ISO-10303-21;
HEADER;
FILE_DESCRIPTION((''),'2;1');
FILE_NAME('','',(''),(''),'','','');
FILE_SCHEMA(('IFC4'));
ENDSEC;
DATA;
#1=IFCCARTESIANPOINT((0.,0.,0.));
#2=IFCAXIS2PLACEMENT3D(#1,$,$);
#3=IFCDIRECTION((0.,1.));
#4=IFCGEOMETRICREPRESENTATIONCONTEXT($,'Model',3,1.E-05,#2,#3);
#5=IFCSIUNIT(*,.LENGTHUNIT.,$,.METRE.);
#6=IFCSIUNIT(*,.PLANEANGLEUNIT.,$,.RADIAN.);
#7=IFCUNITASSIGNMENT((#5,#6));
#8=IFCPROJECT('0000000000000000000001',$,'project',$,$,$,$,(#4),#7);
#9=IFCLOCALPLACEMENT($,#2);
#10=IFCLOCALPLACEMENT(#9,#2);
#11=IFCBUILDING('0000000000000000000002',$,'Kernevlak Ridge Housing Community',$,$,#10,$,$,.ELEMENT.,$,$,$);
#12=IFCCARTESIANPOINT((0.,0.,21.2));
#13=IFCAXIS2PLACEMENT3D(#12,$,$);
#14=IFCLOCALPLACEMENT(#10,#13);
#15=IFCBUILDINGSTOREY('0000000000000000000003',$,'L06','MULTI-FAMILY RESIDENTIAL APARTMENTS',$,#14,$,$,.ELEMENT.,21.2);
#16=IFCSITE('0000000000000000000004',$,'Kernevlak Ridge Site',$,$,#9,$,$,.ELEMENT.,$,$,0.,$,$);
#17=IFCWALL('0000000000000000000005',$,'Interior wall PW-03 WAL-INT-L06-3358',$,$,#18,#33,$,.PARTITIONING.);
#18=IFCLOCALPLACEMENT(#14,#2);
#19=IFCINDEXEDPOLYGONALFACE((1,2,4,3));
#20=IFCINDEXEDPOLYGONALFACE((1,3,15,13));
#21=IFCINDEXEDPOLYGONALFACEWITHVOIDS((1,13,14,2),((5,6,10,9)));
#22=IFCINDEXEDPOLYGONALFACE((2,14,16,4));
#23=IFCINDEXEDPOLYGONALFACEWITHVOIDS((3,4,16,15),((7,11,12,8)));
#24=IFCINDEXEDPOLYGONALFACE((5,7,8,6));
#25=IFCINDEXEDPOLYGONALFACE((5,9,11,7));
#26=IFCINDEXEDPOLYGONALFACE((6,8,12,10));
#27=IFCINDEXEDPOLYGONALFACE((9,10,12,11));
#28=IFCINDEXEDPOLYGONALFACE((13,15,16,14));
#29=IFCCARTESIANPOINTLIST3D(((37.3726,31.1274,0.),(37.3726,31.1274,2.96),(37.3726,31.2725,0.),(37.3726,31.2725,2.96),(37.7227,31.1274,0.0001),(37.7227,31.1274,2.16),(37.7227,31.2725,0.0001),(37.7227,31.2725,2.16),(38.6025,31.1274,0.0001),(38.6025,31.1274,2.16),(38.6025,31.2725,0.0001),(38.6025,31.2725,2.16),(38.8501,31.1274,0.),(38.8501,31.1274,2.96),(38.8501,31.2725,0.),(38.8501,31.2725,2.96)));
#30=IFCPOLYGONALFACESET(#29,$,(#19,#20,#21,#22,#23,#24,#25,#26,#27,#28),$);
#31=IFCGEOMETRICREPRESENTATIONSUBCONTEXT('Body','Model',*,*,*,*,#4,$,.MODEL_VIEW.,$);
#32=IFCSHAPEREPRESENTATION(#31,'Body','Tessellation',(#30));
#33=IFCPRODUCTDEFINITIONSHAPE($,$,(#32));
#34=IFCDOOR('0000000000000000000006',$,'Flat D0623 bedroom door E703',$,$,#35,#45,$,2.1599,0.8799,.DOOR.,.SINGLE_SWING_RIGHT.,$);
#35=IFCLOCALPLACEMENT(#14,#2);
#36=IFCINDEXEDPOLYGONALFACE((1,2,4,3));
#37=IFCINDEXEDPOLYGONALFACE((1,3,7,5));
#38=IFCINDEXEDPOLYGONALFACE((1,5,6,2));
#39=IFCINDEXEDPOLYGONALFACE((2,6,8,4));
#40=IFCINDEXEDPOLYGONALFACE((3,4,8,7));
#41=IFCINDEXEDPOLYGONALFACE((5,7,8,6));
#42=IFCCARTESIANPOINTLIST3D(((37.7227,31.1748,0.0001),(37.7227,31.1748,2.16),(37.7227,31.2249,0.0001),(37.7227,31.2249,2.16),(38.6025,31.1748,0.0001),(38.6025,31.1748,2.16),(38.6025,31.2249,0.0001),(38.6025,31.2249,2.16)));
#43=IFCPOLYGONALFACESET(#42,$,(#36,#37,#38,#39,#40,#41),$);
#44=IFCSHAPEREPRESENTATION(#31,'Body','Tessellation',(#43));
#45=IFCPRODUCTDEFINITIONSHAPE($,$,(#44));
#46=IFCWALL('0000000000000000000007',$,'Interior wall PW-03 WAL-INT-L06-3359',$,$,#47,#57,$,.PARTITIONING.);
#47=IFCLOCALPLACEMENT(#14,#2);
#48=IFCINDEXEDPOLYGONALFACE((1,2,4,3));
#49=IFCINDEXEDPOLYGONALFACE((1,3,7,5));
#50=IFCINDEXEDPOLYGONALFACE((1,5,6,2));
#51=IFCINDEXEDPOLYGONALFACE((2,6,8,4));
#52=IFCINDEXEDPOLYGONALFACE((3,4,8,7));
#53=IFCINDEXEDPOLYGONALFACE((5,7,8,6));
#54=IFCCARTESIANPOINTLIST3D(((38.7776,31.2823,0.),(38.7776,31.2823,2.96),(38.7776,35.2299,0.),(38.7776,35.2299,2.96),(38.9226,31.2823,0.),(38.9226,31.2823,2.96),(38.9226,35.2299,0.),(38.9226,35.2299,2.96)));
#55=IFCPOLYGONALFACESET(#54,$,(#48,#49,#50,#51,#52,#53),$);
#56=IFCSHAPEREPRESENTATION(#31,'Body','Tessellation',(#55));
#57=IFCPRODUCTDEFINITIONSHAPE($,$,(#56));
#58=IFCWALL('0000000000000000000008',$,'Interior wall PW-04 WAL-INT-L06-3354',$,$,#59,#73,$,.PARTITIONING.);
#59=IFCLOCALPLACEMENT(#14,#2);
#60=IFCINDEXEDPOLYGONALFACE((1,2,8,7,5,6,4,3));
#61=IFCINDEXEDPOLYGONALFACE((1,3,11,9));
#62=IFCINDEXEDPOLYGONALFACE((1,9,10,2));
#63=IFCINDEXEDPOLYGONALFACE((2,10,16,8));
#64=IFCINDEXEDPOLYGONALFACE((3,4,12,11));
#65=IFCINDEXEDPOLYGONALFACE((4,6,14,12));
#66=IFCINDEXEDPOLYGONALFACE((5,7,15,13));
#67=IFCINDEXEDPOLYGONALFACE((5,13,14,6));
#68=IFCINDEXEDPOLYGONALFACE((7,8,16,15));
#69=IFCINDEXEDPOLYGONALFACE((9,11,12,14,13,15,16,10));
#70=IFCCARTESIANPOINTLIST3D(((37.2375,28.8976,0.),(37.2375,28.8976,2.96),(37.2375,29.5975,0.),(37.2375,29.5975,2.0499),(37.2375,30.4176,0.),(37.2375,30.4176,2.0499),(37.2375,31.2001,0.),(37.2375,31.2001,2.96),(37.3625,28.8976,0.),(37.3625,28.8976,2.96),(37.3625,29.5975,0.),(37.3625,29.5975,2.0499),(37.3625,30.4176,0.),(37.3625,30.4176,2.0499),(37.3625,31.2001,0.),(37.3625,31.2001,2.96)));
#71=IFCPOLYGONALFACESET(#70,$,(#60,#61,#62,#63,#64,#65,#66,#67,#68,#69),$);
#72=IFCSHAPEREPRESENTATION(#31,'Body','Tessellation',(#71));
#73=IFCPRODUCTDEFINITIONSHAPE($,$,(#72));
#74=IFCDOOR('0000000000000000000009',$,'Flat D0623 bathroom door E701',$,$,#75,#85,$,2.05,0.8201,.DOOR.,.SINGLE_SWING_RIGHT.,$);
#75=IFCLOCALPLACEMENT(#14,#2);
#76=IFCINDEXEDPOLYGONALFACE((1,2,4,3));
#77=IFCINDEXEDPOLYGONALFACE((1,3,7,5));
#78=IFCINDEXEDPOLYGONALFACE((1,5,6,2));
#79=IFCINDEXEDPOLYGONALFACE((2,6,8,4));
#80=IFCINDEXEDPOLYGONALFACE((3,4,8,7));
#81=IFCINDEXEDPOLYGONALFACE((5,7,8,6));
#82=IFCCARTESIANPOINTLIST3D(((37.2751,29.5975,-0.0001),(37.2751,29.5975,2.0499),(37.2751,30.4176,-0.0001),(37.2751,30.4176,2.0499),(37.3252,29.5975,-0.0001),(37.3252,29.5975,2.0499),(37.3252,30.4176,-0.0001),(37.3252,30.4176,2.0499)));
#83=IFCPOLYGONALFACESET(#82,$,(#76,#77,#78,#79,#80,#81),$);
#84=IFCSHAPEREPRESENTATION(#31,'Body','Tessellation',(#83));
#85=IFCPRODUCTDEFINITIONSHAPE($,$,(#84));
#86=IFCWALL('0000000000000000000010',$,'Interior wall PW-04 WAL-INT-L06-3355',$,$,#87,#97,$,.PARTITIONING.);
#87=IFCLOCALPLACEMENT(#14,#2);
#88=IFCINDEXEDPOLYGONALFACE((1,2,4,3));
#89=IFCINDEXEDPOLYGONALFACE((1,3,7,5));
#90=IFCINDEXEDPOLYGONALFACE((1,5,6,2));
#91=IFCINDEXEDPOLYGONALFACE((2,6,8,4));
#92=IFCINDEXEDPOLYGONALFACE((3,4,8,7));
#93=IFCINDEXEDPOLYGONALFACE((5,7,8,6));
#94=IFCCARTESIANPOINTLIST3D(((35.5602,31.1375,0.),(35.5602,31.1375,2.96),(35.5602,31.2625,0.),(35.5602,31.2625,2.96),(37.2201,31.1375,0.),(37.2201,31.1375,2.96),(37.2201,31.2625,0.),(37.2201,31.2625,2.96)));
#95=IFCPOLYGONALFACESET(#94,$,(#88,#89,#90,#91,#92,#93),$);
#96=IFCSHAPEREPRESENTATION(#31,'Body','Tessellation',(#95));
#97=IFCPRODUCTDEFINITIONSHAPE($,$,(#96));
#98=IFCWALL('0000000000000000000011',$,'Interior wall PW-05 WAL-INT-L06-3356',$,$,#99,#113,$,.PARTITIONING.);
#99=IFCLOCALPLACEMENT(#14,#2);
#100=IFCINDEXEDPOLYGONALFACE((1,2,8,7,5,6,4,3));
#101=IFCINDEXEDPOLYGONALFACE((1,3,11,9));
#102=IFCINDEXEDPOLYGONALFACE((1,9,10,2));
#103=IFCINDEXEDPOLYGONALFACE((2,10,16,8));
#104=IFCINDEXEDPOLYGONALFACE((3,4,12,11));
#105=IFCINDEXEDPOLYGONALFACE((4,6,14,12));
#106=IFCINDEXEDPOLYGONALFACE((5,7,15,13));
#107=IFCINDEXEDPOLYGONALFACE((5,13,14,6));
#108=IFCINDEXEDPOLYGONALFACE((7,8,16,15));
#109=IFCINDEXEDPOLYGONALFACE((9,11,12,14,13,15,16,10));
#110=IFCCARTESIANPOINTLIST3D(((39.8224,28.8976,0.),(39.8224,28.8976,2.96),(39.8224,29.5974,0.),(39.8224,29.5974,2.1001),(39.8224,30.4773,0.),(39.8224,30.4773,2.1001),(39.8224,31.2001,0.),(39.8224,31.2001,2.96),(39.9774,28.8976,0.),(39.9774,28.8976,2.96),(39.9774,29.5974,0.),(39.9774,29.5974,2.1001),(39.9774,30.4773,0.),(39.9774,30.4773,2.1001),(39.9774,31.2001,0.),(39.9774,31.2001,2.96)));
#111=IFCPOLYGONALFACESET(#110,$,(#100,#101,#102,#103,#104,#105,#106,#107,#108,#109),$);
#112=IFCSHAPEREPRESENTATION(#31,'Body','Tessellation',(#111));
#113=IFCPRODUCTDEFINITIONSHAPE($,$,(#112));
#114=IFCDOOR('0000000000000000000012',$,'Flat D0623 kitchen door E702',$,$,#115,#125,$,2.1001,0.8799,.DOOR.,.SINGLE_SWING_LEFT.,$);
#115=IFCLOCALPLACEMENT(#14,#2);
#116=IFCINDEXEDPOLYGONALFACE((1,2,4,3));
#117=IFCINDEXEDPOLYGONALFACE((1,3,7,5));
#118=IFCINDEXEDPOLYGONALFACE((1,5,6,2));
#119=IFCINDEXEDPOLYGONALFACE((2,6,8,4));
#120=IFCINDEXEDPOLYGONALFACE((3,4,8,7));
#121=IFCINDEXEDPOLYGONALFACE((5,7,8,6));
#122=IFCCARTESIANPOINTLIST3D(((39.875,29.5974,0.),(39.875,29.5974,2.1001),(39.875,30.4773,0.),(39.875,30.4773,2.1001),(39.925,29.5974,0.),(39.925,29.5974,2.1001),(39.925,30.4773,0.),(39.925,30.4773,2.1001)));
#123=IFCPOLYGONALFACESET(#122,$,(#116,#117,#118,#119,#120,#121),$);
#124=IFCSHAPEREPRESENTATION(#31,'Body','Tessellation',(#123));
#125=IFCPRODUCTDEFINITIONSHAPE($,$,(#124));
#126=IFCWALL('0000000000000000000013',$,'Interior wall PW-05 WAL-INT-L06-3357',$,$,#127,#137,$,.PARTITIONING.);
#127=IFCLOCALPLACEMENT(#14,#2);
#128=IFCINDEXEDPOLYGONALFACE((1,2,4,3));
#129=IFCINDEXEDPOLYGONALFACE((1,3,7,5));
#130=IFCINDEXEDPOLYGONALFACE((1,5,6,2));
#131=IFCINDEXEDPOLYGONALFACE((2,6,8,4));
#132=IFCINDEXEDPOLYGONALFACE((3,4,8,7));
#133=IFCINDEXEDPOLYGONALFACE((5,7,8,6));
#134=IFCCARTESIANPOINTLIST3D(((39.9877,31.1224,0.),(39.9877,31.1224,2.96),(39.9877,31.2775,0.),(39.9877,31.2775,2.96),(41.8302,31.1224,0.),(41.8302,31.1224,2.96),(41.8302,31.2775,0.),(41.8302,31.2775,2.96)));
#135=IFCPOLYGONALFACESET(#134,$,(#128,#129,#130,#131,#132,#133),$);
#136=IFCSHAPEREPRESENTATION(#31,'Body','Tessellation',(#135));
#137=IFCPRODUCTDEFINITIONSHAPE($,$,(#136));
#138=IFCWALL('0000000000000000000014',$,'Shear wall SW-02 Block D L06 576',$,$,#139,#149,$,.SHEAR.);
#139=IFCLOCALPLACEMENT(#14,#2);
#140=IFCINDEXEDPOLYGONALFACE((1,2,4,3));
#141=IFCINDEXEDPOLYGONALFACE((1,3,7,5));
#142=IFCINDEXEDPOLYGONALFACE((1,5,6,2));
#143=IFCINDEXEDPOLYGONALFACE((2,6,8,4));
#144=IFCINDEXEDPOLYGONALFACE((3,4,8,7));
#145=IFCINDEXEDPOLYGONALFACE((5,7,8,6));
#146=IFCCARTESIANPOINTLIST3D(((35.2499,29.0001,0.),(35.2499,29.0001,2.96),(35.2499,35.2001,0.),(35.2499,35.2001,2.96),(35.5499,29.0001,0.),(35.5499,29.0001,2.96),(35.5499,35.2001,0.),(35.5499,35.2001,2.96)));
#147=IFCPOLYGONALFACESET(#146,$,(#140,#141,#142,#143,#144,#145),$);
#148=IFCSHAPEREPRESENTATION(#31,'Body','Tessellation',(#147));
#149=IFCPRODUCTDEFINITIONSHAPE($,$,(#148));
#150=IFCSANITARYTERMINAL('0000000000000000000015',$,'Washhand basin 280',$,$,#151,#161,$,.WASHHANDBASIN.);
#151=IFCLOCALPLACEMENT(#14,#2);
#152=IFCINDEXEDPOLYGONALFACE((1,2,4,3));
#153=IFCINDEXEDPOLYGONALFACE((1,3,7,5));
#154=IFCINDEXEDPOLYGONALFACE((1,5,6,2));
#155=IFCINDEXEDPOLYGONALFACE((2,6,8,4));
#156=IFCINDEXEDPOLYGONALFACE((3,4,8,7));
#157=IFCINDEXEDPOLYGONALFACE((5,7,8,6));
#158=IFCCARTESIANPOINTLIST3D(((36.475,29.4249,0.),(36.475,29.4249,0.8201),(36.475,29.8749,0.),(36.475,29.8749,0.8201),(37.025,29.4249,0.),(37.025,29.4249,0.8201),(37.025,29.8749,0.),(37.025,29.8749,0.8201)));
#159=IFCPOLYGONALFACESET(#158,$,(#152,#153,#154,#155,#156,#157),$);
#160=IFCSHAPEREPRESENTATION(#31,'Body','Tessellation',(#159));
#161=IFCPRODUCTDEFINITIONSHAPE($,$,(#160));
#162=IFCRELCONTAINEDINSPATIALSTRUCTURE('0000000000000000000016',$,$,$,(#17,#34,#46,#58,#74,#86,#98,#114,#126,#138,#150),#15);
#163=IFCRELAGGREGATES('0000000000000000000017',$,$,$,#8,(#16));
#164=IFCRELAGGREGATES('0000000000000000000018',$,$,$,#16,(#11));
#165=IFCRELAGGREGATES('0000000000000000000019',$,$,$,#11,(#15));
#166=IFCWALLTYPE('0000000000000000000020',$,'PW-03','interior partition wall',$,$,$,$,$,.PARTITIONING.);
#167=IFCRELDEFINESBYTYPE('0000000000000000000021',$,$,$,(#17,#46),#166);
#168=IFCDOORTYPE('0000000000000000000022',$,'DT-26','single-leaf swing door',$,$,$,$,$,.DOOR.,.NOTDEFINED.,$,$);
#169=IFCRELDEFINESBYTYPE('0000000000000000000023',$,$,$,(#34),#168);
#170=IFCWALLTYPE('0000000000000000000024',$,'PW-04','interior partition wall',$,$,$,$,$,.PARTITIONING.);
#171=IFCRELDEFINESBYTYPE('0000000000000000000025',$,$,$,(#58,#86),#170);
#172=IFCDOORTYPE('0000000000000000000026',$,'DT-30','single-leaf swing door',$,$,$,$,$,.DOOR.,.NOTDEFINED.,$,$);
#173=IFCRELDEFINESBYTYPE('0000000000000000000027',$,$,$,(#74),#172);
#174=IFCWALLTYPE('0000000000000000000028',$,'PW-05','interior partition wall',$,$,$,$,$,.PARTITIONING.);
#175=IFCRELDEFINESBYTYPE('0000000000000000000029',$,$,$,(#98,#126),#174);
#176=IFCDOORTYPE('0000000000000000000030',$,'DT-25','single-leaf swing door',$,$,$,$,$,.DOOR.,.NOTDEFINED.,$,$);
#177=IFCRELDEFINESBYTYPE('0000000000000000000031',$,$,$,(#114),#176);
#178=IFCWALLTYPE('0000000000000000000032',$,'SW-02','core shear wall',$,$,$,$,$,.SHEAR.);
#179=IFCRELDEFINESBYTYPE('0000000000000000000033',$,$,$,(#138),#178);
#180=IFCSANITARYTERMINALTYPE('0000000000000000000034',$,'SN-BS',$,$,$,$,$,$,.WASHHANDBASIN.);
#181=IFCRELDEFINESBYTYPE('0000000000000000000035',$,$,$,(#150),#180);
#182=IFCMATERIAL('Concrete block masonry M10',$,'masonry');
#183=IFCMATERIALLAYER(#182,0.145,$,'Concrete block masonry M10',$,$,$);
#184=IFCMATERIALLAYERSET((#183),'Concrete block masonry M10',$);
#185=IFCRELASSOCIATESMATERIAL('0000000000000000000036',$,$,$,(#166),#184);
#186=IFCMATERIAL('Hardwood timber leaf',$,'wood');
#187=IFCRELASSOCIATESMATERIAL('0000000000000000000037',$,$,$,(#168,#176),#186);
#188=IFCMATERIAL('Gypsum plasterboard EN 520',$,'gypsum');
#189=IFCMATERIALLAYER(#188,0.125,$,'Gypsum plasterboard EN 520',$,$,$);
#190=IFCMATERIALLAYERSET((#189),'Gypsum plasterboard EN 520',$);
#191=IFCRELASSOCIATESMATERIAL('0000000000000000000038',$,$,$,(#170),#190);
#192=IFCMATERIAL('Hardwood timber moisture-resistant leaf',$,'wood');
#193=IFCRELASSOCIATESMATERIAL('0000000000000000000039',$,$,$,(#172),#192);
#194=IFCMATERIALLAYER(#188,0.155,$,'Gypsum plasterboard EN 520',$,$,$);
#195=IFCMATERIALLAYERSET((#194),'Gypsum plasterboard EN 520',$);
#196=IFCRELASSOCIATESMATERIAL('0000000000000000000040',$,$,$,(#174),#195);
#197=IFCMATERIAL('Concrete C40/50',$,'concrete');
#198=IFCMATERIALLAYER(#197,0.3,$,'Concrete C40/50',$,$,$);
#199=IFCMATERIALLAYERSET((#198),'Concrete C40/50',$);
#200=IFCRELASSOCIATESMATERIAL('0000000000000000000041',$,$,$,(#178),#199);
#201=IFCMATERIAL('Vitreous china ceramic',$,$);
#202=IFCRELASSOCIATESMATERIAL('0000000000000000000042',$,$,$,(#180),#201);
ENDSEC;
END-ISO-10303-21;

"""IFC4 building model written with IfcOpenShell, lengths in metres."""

from ifc_helpers import new_model, si_unit, direction, frame, frame_2d, origin, origin_2d, place, context, subcontext, project, spatial, rectangle, extrude, material, layer, layer_set, type_object, element, fill, save


model = new_model("IFC4")

# Units and contexts
model_context = context("Model", 3, precision=1e-05, world=origin(), true_north=direction((0.0, 1.0)))
body_context = subcontext(model_context, "Body", "Model", "MODEL_VIEW")
ifc_project = project(units=[si_unit("LENGTHUNIT", "METRE"), si_unit("PLANEANGLEUNIT", "RADIAN")], contexts=[model_context])

# Site, building, storey
site_placement = place(None, origin())
site = spatial("IfcSite", under=ifc_project, at=site_placement, Name="Kernevlak Ridge Site", CompositionType="ELEMENT", RefElevation=0.0)
building_placement = place(site_placement, origin())
building = spatial("IfcBuilding", under=site, at=building_placement, Name="Kernevlak Ridge Housing Community", CompositionType="ELEMENT")
storey_placement = place(building_placement, frame((0.0, 0.0, 21.2)))
storey = spatial("IfcBuildingStorey", under=building, at=storey_placement, Name="L06", Description="MULTI-FAMILY RESIDENTIAL APARTMENTS", CompositionType="ELEMENT", Elevation=21.2)

# Shared definitions
ifc_material_1 = material(Name="Concrete block masonry M10", Category="masonry")

# Shared definitions
ifc_layer_1 = layer(ifc_material_1, 0.145, Name="Concrete block masonry M10")
ifc_layer_set_1 = layer_set([ifc_layer_1], Name="Concrete block masonry M10")
wall_type_1 = type_object("IfcWallType", Name="PW-03", Description="interior partition wall", PredefinedType="PARTITIONING", material=ifc_layer_set_1)

# Wall, opening, door
wall_1_placement = place(storey_placement, frame((37.3726, 31.2, 0.0), z_axis=(0.0, 0.0, 1.0), x_axis=(1.0, 0.0, 0.0)))
wall_1 = element("IfcWall", 1, at=wall_1_placement, inside=storey, type_object=wall_type_1, Name="Interior wall PW-03 WAL-INT-L06-3358", PredefinedType="PARTITIONING", context=body_context, shape_type="SweptSolid", body=[
    extrude(rectangle(XDim=1.4775, YDim=0.145, at=frame_2d((0.7388, 0.0))), origin(), (0.0, 0.0, 1.0), 2.96),
])
opening_1_placement = place(wall_1_placement, frame((0.3501, 0.0, 0.0)))
opening_1 = element("IfcOpeningElement", 2, at=opening_1_placement, cuts=wall_1, PredefinedType="OPENING", context=body_context, shape_type="SweptSolid", body=[
    extrude(rectangle(XDim=0.8799, YDim=2.1599, at=frame_2d((0.4399, 1.0801))), frame((0.0, 0.0825, 0.0), z_axis=(0.0, -1.0, 0.0), x_axis=(1.0, 0.0, 0.0)), (0.0, 0.0, 1.0), 0.165),
])
ifc_material_2 = material(Name="Hardwood timber leaf", Category="wood")
door_type_1 = type_object("IfcDoorType", Name="DT-26", Description="single-leaf swing door", OperationType="NOTDEFINED", PredefinedType="DOOR", material=ifc_material_2)
door_1_placement = place(opening_1_placement, origin())
door_1 = element("IfcDoor", 3, at=door_1_placement, inside=storey, type_object=door_type_1, Name="Flat D0623 bedroom door E703", OperationType="SINGLE_SWING_RIGHT", OverallHeight=2.1599, OverallWidth=0.8799, PredefinedType="DOOR", context=body_context, shape_type="SweptSolid", body=[
    extrude(rectangle(XDim=0.8799, YDim=2.1599, at=frame_2d((0.4399, 1.0801))), frame((0.0, 0.0249, 0.0), z_axis=(0.0, -1.0, 0.0), x_axis=(1.0, 0.0, 0.0)), (0.0, 0.0, 1.0), 0.05),
])
fill(opening_1, door_1)

# Wall
wall_2_placement = place(storey_placement, frame((38.8501, 31.2825, 0.0), z_axis=(0.0, 0.0, 1.0), x_axis=(0.0, 1.0, 0.0)))
element("IfcWall", 4, at=wall_2_placement, inside=storey, type_object=wall_type_1, Name="Interior wall PW-03 WAL-INT-L06-3359", PredefinedType="PARTITIONING", context=body_context, shape_type="SweptSolid", body=[
    extrude(rectangle(XDim=3.9475, YDim=0.145, at=frame_2d((1.9736, 0.0))), origin(), (0.0, 0.0, 1.0), 2.96),
])

# Wall, opening, door
ifc_material_3 = material(Name="Gypsum plasterboard EN 520", Category="gypsum")
ifc_layer_2 = layer(ifc_material_3, 0.125, Name="Gypsum plasterboard EN 520")
ifc_layer_set_2 = layer_set([ifc_layer_2], Name="Gypsum plasterboard EN 520")
wall_type_2 = type_object("IfcWallType", Name="PW-04", Description="interior partition wall", PredefinedType="PARTITIONING", material=ifc_layer_set_2)
wall_3_placement = place(storey_placement, frame((37.3, 28.8975, 0.0), z_axis=(0.0, 0.0, 1.0), x_axis=(0.0, 1.0, 0.0)))
wall_3 = element("IfcWall", 5, at=wall_3_placement, inside=storey, type_object=wall_type_2, Name="Interior wall PW-04 WAL-INT-L06-3354", PredefinedType="PARTITIONING", context=body_context, shape_type="SweptSolid", body=[
    extrude(rectangle(XDim=2.3025, YDim=0.125, at=frame_2d((1.1514, 0.0))), origin(), (0.0, 0.0, 1.0), 2.96),
])
opening_2_placement = place(wall_3_placement, frame((0.7, 0.0, 0.0)))
opening_2 = element("IfcOpeningElement", 6, at=opening_2_placement, cuts=wall_3, PredefinedType="OPENING", context=body_context, shape_type="SweptSolid", body=[
    extrude(rectangle(XDim=0.8201, YDim=2.05, at=frame_2d((0.4102, 1.0249))), frame((0.0, 0.0725, 0.0), z_axis=(0.0, -1.0, 0.0), x_axis=(1.0, 0.0, 0.0)), (0.0, 0.0, 1.0), 0.145),
])
ifc_material_4 = material(Name="Hardwood timber moisture-resistant leaf", Category="wood")
door_type_2 = type_object("IfcDoorType", Name="DT-30", Description="single-leaf swing door", OperationType="NOTDEFINED", PredefinedType="DOOR", material=ifc_material_4)
door_2_placement = place(opening_2_placement, origin())
door_2 = element("IfcDoor", 7, at=door_2_placement, inside=storey, type_object=door_type_2, Name="Flat D0623 bathroom door E701", OperationType="SINGLE_SWING_RIGHT", OverallHeight=2.05, OverallWidth=0.8201, PredefinedType="DOOR", context=body_context, shape_type="SweptSolid", body=[
    extrude(rectangle(XDim=0.8201, YDim=2.05, at=frame_2d((0.4102, 1.0249))), frame((0.0, 0.0249, 0.0), z_axis=(0.0, -1.0, 0.0), x_axis=(1.0, 0.0, 0.0)), (0.0, 0.0, 1.0), 0.05),
])
fill(opening_2, door_2)

# Wall
wall_4_placement = place(storey_placement, frame((35.5601, 31.2, 0.0), z_axis=(0.0, 0.0, 1.0), x_axis=(1.0, 0.0, 0.0)))
element("IfcWall", 8, at=wall_4_placement, inside=storey, type_object=wall_type_2, Name="Interior wall PW-04 WAL-INT-L06-3355", PredefinedType="PARTITIONING", context=body_context, shape_type="SweptSolid", body=[
    extrude(rectangle(XDim=1.6599, YDim=0.125, at=frame_2d((0.8301, 0.0))), origin(), (0.0, 0.0, 1.0), 2.96),
])

# Wall, opening, door
ifc_layer_3 = layer(ifc_material_3, 0.155, Name="Gypsum plasterboard EN 520")
ifc_layer_set_3 = layer_set([ifc_layer_3], Name="Gypsum plasterboard EN 520")
wall_type_3 = type_object("IfcWallType", Name="PW-05", Description="interior partition wall", PredefinedType="PARTITIONING", material=ifc_layer_set_3)
wall_5_placement = place(storey_placement, frame((39.8999, 28.8975, 0.0), z_axis=(0.0, 0.0, 1.0), x_axis=(0.0, 1.0, 0.0)))
wall_5 = element("IfcWall", 9, at=wall_5_placement, inside=storey, type_object=wall_type_3, Name="Interior wall PW-05 WAL-INT-L06-3356", PredefinedType="PARTITIONING", context=body_context, shape_type="SweptSolid", body=[
    extrude(rectangle(XDim=2.3025, YDim=0.155, at=frame_2d((1.1514, 0.0))), origin(), (0.0, 0.0, 1.0), 2.96),
])
opening_3_placement = place(wall_5_placement, frame((0.7, 0.0, 0.0)))
opening_3 = element("IfcOpeningElement", 10, at=opening_3_placement, cuts=wall_5, PredefinedType="OPENING", context=body_context, shape_type="SweptSolid", body=[
    extrude(rectangle(XDim=0.8799, YDim=2.1001, at=frame_2d((0.4399, 1.05))), frame((0.0, 0.0874, 0.0), z_axis=(0.0, -1.0, 0.0), x_axis=(1.0, 0.0, 0.0)), (0.0, 0.0, 1.0), 0.175),
])
door_type_3 = type_object("IfcDoorType", Name="DT-25", Description="single-leaf swing door", OperationType="NOTDEFINED", PredefinedType="DOOR", material=ifc_material_2)
door_3_placement = place(opening_3_placement, origin())
door_3 = element("IfcDoor", 11, at=door_3_placement, inside=storey, type_object=door_type_3, Name="Flat D0623 kitchen door E702", OperationType="SINGLE_SWING_LEFT", OverallHeight=2.1001, OverallWidth=0.8799, PredefinedType="DOOR", context=body_context, shape_type="SweptSolid", body=[
    extrude(rectangle(XDim=0.8799, YDim=2.1001, at=frame_2d((0.4399, 1.05))), frame((0.0, 0.0249, 0.0), z_axis=(0.0, -1.0, 0.0), x_axis=(1.0, 0.0, 0.0)), (0.0, 0.0, 1.0), 0.05),
])
fill(opening_3, door_3)

# Walls
wall_6_placement = place(storey_placement, frame((39.9875, 31.2, 0.0), z_axis=(0.0, 0.0, 1.0), x_axis=(1.0, 0.0, 0.0)))
element("IfcWall", 12, at=wall_6_placement, inside=storey, type_object=wall_type_3, Name="Interior wall PW-05 WAL-INT-L06-3357", PredefinedType="PARTITIONING", context=body_context, shape_type="SweptSolid", body=[
    extrude(rectangle(XDim=1.8425, YDim=0.155, at=frame_2d((0.9214, 0.0))), origin(), (0.0, 0.0, 1.0), 2.96),
])
ifc_material_5 = material(Name="Concrete C40/50", Category="concrete")
ifc_layer_4 = layer(ifc_material_5, 0.3, Name="Concrete C40/50")
ifc_layer_set_4 = layer_set([ifc_layer_4], Name="Concrete C40/50")
wall_type_4 = type_object("IfcWallType", Name="SW-02", Description="core shear wall", PredefinedType="SHEAR", material=ifc_layer_set_4)
wall_7_placement = place(storey_placement, frame((35.3999, 29.0, 0.0), z_axis=(0.0, 0.0, 1.0), x_axis=(0.0, 1.0, 0.0)))
element("IfcWall", 13, at=wall_7_placement, inside=storey, type_object=wall_type_4, Name="Shear wall SW-02 Block D L06 576", PredefinedType="SHEAR", context=body_context, shape_type="SweptSolid", body=[
    extrude(rectangle(XDim=6.2, YDim=0.3, at=frame_2d((3.1001, 0.0))), origin(), (0.0, 0.0, 1.0), 2.96),
])

# Sanitary terminal
ifc_material_6 = material(Name="Vitreous china ceramic")
sanitary_terminal_type_1 = type_object("IfcSanitaryTerminalType", Name="SN-BS", PredefinedType="WASHHANDBASIN", material=ifc_material_6)
sanitary_terminal_1_placement = place(storey_placement, frame((36.75, 29.6499, 0.0), z_axis=(0.0, 0.0, 1.0), x_axis=(1.0, 0.0, 0.0)))
element("IfcSanitaryTerminal", 14, at=sanitary_terminal_1_placement, inside=storey, type_object=sanitary_terminal_type_1, Name="Washhand basin 280", PredefinedType="WASHHANDBASIN", context=body_context, shape_type="SweptSolid", body=[
    extrude(rectangle(XDim=0.55, YDim=0.45, at=origin_2d()), origin(), (0.0, 0.0, 1.0), 0.8201),
])

save(model, "model.ifc")
